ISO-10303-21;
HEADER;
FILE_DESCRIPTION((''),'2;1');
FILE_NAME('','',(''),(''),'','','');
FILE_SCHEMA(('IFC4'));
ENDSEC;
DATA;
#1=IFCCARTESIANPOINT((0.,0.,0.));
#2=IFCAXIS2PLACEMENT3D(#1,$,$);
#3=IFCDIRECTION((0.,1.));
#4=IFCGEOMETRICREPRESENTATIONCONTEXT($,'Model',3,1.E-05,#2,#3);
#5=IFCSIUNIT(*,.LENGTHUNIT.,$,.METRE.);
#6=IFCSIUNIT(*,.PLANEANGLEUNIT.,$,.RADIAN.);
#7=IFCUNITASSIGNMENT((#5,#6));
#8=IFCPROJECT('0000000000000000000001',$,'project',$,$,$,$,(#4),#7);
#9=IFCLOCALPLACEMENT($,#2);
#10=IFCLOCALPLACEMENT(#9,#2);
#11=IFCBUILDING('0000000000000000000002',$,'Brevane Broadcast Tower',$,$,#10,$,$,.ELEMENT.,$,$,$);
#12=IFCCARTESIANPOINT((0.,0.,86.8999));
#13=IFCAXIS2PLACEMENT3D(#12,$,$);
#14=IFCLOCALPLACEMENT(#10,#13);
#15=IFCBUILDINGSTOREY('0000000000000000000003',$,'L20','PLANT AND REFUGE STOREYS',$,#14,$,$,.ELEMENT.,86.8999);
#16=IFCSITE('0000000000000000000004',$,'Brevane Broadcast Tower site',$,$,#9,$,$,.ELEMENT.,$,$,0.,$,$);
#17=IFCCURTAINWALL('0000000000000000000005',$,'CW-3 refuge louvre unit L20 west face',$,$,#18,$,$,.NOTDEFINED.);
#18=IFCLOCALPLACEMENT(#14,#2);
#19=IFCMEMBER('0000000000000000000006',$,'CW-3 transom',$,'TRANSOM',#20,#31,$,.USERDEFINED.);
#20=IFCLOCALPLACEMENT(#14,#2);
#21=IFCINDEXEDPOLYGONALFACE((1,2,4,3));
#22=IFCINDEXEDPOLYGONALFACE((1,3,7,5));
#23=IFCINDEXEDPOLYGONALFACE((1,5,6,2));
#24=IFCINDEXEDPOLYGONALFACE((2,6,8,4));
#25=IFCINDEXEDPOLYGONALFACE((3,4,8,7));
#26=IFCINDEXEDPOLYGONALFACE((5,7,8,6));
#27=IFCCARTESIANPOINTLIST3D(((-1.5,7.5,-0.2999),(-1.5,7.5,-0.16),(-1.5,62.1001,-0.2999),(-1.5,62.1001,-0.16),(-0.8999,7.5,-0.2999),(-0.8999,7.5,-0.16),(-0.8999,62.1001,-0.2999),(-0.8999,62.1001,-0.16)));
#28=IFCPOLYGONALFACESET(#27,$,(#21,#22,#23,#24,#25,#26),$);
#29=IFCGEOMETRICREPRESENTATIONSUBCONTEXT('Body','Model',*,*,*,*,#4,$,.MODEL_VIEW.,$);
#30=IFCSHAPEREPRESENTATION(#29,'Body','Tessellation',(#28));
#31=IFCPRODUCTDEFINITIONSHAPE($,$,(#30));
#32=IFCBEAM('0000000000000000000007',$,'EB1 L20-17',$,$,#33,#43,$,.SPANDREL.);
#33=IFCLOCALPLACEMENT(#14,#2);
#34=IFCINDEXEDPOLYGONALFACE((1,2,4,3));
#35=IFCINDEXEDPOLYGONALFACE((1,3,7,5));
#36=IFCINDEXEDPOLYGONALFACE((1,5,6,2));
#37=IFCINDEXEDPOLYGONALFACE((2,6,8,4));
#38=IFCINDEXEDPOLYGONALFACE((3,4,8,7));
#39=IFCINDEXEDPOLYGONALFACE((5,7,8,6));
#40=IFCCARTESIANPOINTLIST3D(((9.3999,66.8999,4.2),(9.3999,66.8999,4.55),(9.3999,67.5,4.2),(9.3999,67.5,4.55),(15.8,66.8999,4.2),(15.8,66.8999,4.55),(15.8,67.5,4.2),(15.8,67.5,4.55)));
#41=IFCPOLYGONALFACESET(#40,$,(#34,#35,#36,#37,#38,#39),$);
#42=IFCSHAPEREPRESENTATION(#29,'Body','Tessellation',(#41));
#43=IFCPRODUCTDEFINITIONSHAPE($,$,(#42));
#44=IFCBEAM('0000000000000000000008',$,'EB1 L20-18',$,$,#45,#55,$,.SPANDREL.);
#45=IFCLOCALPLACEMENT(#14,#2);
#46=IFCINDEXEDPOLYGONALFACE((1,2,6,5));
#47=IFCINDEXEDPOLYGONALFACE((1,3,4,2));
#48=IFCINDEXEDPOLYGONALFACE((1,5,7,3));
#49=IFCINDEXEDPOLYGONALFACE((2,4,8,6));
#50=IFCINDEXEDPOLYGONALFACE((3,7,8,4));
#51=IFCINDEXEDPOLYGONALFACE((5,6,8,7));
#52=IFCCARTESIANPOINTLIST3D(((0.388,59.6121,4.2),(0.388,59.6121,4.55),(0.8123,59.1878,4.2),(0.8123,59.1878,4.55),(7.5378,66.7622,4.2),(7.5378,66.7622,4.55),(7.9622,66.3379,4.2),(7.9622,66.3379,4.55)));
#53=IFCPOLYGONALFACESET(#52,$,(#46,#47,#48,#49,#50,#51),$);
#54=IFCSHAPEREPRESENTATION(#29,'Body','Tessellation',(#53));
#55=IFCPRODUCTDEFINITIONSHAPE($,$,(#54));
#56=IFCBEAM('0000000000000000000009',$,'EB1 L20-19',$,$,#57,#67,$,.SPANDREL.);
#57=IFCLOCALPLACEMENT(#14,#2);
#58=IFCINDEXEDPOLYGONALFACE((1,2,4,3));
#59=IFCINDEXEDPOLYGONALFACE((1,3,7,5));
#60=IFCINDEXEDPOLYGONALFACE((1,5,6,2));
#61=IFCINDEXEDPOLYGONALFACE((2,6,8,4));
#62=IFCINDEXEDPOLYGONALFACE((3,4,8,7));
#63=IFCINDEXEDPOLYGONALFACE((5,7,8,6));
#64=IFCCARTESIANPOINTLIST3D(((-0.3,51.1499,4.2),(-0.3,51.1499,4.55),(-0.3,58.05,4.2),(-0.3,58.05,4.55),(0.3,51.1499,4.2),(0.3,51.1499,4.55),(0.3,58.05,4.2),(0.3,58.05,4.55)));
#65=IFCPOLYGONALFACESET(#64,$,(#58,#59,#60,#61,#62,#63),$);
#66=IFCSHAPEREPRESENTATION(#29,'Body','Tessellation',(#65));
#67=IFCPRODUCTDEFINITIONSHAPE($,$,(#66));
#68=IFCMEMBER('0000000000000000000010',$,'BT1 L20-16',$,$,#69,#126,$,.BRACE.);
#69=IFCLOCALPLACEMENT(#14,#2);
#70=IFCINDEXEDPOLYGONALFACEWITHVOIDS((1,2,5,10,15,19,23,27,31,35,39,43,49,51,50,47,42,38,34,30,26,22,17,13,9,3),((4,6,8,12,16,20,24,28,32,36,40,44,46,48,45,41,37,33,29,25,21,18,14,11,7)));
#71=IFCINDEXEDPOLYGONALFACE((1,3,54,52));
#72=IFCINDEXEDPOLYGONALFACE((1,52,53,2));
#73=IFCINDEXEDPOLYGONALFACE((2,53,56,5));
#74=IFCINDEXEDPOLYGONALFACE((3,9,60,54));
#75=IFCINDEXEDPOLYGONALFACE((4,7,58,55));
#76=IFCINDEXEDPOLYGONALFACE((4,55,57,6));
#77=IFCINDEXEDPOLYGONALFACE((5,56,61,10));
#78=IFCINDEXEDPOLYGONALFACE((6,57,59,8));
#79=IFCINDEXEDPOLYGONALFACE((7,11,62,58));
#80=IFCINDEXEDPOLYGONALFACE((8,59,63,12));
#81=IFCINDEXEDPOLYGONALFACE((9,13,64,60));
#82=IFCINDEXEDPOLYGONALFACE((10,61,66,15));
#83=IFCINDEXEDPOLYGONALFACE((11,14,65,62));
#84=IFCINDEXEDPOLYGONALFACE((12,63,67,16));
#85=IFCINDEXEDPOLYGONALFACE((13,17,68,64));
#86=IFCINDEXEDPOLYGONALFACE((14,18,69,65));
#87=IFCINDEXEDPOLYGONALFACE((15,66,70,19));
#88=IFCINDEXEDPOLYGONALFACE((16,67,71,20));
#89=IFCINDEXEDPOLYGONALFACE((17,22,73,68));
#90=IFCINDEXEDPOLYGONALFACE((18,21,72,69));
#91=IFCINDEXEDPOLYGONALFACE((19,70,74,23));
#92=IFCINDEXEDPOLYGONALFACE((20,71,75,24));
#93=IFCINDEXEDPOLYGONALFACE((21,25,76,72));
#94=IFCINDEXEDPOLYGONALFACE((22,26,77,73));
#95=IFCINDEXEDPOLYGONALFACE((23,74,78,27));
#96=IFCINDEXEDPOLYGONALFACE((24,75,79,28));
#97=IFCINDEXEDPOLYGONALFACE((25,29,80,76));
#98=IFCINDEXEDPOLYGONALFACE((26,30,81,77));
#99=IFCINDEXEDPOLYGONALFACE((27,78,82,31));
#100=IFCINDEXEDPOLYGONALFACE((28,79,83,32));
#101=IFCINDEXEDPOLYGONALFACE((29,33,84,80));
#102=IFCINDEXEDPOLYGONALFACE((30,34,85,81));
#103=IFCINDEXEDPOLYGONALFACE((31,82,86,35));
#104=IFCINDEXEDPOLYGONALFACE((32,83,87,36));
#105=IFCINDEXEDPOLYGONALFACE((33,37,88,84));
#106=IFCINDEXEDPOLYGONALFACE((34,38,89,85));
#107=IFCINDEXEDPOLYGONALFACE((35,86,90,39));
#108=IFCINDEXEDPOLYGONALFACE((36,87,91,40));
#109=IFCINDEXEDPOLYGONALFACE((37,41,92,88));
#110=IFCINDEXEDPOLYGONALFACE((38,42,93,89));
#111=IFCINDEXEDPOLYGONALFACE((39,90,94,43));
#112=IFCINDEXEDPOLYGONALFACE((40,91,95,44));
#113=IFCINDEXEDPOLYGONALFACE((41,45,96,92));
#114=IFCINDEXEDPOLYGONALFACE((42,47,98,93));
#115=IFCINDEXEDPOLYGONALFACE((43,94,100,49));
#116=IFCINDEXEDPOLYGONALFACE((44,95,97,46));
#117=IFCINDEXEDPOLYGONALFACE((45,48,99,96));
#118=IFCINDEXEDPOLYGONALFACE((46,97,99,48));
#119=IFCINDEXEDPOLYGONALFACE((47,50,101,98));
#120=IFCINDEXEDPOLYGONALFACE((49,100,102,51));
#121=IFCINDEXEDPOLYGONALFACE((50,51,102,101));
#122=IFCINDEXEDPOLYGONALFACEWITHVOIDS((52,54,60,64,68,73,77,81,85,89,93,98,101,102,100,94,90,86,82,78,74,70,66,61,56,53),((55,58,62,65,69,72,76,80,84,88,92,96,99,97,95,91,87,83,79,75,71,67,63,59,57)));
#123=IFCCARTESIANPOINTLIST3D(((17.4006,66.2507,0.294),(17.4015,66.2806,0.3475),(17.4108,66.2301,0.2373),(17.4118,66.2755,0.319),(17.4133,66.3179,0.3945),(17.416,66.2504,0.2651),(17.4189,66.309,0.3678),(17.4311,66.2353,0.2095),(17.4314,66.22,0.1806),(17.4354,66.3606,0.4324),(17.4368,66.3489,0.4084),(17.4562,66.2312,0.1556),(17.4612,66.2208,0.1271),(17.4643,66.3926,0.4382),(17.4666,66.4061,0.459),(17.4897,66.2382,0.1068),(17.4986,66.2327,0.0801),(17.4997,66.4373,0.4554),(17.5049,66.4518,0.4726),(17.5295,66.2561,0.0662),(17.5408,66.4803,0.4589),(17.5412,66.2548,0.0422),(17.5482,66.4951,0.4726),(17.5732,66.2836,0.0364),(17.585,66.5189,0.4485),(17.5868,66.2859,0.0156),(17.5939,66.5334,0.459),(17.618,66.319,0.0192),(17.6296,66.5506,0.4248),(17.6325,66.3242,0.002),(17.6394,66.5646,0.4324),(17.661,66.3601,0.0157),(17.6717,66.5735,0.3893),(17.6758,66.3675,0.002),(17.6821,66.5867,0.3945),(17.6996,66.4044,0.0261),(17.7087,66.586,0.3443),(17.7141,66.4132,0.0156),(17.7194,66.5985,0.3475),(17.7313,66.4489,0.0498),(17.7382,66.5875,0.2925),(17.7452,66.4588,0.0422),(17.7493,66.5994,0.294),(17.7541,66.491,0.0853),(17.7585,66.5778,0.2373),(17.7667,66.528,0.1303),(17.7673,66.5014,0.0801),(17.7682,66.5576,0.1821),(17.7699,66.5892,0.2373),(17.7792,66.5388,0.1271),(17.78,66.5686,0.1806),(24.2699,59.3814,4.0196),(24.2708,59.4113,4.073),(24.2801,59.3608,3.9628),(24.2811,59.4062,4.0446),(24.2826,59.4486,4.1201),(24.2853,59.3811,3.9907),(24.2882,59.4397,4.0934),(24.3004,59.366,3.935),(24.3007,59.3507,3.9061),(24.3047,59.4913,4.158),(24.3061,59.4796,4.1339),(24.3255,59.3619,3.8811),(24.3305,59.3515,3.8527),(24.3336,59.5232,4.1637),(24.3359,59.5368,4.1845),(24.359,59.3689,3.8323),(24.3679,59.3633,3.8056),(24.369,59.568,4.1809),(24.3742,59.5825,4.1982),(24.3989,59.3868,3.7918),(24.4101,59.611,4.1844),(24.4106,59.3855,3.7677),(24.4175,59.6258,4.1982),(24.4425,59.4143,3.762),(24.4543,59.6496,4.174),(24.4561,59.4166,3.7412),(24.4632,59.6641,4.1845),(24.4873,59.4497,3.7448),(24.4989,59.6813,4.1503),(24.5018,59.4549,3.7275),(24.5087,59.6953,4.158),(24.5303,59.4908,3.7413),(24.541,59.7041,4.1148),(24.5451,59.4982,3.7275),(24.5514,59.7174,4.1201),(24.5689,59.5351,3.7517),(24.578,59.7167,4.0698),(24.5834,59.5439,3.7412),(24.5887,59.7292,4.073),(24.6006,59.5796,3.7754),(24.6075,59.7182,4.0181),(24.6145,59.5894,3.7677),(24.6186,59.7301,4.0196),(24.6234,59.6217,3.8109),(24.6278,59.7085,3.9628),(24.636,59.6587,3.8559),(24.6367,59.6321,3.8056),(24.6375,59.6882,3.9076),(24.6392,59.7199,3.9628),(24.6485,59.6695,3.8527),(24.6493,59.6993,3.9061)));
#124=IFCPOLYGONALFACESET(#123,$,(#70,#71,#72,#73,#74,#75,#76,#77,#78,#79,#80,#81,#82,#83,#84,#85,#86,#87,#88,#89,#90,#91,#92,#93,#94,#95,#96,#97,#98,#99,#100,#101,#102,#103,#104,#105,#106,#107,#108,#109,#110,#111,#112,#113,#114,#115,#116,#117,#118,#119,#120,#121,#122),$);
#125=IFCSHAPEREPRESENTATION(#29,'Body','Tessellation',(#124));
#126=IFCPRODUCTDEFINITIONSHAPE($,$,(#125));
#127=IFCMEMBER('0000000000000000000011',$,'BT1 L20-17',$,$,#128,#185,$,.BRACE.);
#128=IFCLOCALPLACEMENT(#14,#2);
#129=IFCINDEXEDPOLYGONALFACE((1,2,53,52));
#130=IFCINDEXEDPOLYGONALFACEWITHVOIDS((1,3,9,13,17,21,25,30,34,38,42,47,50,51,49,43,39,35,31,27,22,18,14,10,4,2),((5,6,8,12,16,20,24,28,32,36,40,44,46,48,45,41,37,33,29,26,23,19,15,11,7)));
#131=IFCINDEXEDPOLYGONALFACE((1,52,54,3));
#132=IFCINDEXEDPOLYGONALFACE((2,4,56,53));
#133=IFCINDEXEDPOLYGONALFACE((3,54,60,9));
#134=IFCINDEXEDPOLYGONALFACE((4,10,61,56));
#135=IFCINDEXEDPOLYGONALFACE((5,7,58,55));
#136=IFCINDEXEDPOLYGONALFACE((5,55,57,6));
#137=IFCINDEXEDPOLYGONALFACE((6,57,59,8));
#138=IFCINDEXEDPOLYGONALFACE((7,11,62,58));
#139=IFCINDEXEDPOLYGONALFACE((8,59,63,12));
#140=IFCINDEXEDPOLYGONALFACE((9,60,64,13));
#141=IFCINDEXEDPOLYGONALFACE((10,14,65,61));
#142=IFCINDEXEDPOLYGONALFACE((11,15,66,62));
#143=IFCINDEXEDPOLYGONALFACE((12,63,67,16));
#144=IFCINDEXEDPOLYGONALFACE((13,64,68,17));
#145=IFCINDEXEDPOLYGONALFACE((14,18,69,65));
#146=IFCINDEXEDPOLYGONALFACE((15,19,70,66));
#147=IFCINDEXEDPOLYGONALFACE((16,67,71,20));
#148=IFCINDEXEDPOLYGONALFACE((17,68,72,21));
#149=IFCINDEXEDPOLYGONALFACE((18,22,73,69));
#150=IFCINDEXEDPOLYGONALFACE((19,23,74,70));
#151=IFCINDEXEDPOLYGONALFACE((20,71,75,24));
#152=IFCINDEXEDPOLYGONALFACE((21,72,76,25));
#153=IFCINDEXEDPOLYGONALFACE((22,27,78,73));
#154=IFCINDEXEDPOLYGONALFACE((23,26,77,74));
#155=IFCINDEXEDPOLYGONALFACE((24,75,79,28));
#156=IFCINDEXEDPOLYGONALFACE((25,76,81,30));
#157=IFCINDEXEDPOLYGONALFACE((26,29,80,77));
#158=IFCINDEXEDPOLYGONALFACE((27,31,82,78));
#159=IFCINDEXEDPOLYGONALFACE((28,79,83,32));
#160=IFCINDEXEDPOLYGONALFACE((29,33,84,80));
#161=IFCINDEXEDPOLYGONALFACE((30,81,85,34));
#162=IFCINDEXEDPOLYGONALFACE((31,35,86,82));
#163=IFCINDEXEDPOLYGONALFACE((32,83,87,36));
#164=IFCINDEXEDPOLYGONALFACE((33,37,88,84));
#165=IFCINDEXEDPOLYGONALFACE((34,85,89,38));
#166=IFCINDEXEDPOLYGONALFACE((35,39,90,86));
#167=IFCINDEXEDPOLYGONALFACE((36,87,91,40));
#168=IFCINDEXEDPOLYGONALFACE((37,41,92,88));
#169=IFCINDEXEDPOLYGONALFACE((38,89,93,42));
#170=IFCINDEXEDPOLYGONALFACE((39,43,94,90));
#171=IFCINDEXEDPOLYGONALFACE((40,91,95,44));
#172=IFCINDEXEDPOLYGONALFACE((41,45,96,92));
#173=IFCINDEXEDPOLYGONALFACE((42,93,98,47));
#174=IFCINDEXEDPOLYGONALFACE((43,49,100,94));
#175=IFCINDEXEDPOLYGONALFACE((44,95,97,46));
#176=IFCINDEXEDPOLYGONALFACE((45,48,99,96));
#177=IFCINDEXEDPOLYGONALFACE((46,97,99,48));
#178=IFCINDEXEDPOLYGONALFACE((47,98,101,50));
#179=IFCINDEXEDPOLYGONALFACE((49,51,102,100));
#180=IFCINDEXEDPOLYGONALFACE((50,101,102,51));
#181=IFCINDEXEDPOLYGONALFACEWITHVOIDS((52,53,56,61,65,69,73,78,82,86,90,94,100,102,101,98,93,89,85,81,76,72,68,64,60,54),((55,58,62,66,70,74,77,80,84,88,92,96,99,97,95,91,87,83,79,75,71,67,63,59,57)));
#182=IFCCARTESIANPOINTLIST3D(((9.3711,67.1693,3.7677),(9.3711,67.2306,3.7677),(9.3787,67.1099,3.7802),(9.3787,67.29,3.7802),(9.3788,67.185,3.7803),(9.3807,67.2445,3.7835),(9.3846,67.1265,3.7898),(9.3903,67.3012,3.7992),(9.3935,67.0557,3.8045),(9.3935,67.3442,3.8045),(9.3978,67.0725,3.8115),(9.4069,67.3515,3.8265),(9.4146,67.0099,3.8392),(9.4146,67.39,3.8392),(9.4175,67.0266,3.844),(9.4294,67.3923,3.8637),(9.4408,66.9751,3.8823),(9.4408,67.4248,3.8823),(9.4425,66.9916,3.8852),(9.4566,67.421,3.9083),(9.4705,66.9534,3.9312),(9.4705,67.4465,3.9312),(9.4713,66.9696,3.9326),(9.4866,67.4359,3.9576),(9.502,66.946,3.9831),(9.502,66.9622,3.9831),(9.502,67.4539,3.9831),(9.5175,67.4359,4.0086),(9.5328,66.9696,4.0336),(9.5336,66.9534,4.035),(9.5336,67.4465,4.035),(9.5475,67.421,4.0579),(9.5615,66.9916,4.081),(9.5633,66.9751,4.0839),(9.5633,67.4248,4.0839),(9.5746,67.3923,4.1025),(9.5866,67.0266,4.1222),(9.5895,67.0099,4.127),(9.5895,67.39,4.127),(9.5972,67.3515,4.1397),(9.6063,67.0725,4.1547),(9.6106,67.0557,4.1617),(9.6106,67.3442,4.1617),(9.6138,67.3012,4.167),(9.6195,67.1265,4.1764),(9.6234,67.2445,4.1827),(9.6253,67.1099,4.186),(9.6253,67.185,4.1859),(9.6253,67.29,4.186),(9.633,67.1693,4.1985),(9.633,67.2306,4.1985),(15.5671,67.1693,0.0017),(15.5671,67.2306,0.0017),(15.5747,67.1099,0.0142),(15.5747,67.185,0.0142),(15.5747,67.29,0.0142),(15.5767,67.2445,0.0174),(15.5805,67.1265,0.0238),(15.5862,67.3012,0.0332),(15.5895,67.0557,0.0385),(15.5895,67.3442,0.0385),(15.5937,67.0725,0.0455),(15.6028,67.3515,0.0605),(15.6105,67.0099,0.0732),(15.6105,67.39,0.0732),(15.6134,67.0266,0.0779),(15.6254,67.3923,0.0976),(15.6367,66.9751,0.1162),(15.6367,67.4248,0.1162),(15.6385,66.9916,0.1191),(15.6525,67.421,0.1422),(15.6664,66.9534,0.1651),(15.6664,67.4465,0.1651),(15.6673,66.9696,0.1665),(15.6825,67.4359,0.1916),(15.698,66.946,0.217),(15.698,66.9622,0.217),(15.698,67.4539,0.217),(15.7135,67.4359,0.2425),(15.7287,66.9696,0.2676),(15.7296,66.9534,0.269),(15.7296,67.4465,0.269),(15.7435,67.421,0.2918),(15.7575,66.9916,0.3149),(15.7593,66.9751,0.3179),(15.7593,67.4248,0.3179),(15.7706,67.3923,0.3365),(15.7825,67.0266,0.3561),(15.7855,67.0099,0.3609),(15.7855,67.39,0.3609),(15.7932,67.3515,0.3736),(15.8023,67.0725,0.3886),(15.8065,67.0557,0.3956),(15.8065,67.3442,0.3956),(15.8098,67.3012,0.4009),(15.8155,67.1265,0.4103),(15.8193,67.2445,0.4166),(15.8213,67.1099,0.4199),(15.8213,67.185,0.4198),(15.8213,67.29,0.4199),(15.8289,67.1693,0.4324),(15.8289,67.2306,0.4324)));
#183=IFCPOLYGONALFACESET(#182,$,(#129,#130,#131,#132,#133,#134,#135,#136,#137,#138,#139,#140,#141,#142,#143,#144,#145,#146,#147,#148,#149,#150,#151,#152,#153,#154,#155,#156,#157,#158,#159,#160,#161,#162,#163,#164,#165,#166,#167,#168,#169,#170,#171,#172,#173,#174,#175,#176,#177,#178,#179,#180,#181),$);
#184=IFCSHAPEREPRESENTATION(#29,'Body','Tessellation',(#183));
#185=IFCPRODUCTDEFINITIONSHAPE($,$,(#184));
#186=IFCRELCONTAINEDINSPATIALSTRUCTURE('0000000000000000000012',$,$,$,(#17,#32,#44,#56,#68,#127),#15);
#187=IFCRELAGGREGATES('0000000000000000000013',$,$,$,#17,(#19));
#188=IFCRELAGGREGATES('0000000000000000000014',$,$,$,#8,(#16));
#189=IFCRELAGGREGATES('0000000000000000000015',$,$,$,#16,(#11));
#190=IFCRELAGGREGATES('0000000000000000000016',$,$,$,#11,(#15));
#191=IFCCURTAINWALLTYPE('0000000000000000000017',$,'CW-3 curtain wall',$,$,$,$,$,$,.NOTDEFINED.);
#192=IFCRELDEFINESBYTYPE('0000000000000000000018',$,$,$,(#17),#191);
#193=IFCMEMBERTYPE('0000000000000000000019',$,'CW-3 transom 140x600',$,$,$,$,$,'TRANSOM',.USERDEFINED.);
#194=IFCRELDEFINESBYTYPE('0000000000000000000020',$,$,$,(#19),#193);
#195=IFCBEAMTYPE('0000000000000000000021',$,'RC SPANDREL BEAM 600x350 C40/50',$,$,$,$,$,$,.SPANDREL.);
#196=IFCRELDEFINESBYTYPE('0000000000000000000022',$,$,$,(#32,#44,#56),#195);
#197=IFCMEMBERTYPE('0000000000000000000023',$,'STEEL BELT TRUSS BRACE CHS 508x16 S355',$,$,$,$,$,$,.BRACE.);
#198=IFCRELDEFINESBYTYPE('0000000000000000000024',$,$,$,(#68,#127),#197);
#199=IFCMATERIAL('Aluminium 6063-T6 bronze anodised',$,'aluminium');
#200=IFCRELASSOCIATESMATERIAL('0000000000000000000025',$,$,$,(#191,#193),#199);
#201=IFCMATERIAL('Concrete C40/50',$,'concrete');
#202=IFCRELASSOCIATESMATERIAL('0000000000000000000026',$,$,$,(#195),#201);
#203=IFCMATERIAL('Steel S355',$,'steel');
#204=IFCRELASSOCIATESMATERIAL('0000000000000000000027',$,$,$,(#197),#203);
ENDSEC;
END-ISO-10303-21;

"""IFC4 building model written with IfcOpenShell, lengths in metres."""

from ifc_helpers import new_model, si_unit, direction, frame, origin, origin_2d, place, context, subcontext, project, spatial, rectangle, hollow_circle, extrude, material, material_profile, profile_set, type_object, element, aggregate, save


model = new_model("IFC4")

# Units and contexts
model_context = context("Model", 3, precision=1e-05, world=origin(), true_north=direction((0.0, 1.0)))
body_context = subcontext(model_context, "Body", "Model", "MODEL_VIEW")
ifc_project = project(units=[si_unit("LENGTHUNIT", "METRE"), si_unit("PLANEANGLEUNIT", "RADIAN")], contexts=[model_context])

# Site, building, storey
site_placement = place(None, origin())
site = spatial("IfcSite", under=ifc_project, at=site_placement, Name="Brevane Broadcast Tower site", CompositionType="ELEMENT", RefElevation=0.0)
building_placement = place(site_placement, origin())
building = spatial("IfcBuilding", under=site, at=building_placement, Name="Brevane Broadcast Tower", CompositionType="ELEMENT")
storey_placement = place(building_placement, frame((0.0, 0.0, 86.8999)))
storey = spatial("IfcBuildingStorey", under=building, at=storey_placement, Name="L20", Description="PLANT AND REFUGE STOREYS", CompositionType="ELEMENT", Elevation=86.8999)

# Shared definitions
ifc_material_1 = material(Name="Aluminium 6063-T6 bronze anodised", Category="aluminium")
curtain_wall_type = type_object("IfcCurtainWallType", Name="CW-3 curtain wall", PredefinedType="NOTDEFINED", material=ifc_material_1)

# Curtain wall
curtain_wall_1_placement = place(storey_placement, origin())
curtain_wall_1 = element("IfcCurtainWall", 1, at=curtain_wall_1_placement, inside=storey, type_object=curtain_wall_type, Name="CW-3 refuge louvre unit L20 west face", PredefinedType="NOTDEFINED")

# Member
ifc_material_profile_1 = material_profile(ifc_material_1, rectangle(XDim=0.6001, YDim=0.1399, at=origin_2d()), Name="RECT 140x600")
ifc_profile_set_1 = profile_set([ifc_material_profile_1], Name="Aluminium 6063-T6 bronze anodised")
member_type_1 = type_object("IfcMemberType", Name="CW-3 transom 140x600", ElementType="TRANSOM", PredefinedType="USERDEFINED", material=ifc_profile_set_1)
member_1_placement = place(storey_placement, frame((-1.2, 62.1001, -0.23), z_axis=(0.0, -1.0, 0.0), x_axis=(1.0, 0.0, 0.0)))
member_1 = element("IfcMember", 2, at=member_1_placement, type_object=member_type_1, Name="CW-3 transom", ObjectType="TRANSOM", PredefinedType="USERDEFINED", context=body_context, shape_type="SweptSolid", body=[
    extrude(rectangle(XDim=0.6001, YDim=0.1399, at=origin_2d()), origin(), (0.0, 0.0, 1.0), 54.6001),
])
aggregate(curtain_wall_1, [member_1])

# Beams
ifc_material_2 = material(Name="Concrete C40/50", Category="concrete")
ifc_material_profile_2 = material_profile(ifc_material_2, rectangle(XDim=0.6001, YDim=0.3501, at=origin_2d()), Name="RC 600x350")
ifc_profile_set_2 = profile_set([ifc_material_profile_2], Name="Concrete C40/50")
beam_type = type_object("IfcBeamType", Name="RC SPANDREL BEAM 600x350 C40/50", PredefinedType="SPANDREL", material=ifc_profile_set_2)
beam_1_placement = place(storey_placement, frame((15.8, 67.2, 4.375), z_axis=(-1.0, 0.0, 0.0), x_axis=(0.0, -1.0, 0.0)))
element("IfcBeam", 3, at=beam_1_placement, inside=storey, type_object=beam_type, Name="EB1 L20-17", PredefinedType="SPANDREL", context=body_context, shape_type="SweptSolid", body=[
    extrude(rectangle(XDim=0.6001, YDim=0.3501, at=origin_2d()), origin(), (0.0, 0.0, 1.0), 6.4001),
])
beam_2_placement = place(storey_placement, frame((7.75, 66.55, 4.375), z_axis=(-0.707095, -0.707119, 0.0), x_axis=(0.707119, -0.707095, 0.0)))
element("IfcBeam", 4, at=beam_2_placement, inside=storey, type_object=beam_type, Name="EB1 L20-18", PredefinedType="SPANDREL", context=body_context, shape_type="SweptSolid", body=[
    extrude(rectangle(XDim=0.6001, YDim=0.3501, at=origin_2d()), origin(), (0.0, 0.0, 1.0), 10.1116),
])
beam_3_placement = place(storey_placement, frame((0.0, 58.05, 4.375), z_axis=(0.0, -1.0, 0.0), x_axis=(1.0, 0.0, 0.0)))
element("IfcBeam", 5, at=beam_3_placement, inside=storey, type_object=beam_type, Name="EB1 L20-19", PredefinedType="SPANDREL", context=body_context, shape_type="SweptSolid", body=[
    extrude(rectangle(XDim=0.6001, YDim=0.3501, at=origin_2d()), origin(), (0.0, 0.0, 1.0), 6.9001),
])

# Members
ifc_material_3 = material(Name="Steel S355", Category="steel")
ifc_material_profile_3 = material_profile(ifc_material_3, hollow_circle(Radius=0.2539, WallThickness=0.0161, at=origin_2d()), Name="CHS 508x16")
ifc_profile_set_3 = profile_set([ifc_material_profile_3], Name="Steel S355")
member_type_2 = type_object("IfcMemberType", Name="STEEL BELT TRUSS BRACE CHS 508x16 S355", PredefinedType="BRACE", material=ifc_profile_set_3)
member_2_placement = place(storey_placement, frame((17.5903, 66.4097, 0.2373), z_axis=(0.660222, -0.660222, 0.358069), x_axis=(0.707107, 0.707107, 0.0)))
element("IfcMember", 6, at=member_2_placement, inside=storey, type_object=member_type_2, Name="BT1 L20-16", PredefinedType="BRACE", context=body_context, shape_type="SweptSolid", body=[
    extrude(hollow_circle(Radius=0.2539, WallThickness=0.0161, at=origin_2d()), origin(), (0.0, 0.0, 1.0), 10.4045),
])
member_3_placement = place(storey_placement, frame((15.698, 67.2, 0.217), z_axis=(-0.854529, 0.0, 0.519404), x_axis=(0.0, -1.0, 0.0)))
element("IfcMember", 7, at=member_3_placement, inside=storey, type_object=member_type_2, Name="BT1 L20-17", PredefinedType="BRACE", context=body_context, shape_type="SweptSolid", body=[
    extrude(hollow_circle(Radius=0.2539, WallThickness=0.0161, at=origin_2d()), origin(), (0.0, 0.0, 1.0), 7.2507),
])

save(model, "model.ifc")
